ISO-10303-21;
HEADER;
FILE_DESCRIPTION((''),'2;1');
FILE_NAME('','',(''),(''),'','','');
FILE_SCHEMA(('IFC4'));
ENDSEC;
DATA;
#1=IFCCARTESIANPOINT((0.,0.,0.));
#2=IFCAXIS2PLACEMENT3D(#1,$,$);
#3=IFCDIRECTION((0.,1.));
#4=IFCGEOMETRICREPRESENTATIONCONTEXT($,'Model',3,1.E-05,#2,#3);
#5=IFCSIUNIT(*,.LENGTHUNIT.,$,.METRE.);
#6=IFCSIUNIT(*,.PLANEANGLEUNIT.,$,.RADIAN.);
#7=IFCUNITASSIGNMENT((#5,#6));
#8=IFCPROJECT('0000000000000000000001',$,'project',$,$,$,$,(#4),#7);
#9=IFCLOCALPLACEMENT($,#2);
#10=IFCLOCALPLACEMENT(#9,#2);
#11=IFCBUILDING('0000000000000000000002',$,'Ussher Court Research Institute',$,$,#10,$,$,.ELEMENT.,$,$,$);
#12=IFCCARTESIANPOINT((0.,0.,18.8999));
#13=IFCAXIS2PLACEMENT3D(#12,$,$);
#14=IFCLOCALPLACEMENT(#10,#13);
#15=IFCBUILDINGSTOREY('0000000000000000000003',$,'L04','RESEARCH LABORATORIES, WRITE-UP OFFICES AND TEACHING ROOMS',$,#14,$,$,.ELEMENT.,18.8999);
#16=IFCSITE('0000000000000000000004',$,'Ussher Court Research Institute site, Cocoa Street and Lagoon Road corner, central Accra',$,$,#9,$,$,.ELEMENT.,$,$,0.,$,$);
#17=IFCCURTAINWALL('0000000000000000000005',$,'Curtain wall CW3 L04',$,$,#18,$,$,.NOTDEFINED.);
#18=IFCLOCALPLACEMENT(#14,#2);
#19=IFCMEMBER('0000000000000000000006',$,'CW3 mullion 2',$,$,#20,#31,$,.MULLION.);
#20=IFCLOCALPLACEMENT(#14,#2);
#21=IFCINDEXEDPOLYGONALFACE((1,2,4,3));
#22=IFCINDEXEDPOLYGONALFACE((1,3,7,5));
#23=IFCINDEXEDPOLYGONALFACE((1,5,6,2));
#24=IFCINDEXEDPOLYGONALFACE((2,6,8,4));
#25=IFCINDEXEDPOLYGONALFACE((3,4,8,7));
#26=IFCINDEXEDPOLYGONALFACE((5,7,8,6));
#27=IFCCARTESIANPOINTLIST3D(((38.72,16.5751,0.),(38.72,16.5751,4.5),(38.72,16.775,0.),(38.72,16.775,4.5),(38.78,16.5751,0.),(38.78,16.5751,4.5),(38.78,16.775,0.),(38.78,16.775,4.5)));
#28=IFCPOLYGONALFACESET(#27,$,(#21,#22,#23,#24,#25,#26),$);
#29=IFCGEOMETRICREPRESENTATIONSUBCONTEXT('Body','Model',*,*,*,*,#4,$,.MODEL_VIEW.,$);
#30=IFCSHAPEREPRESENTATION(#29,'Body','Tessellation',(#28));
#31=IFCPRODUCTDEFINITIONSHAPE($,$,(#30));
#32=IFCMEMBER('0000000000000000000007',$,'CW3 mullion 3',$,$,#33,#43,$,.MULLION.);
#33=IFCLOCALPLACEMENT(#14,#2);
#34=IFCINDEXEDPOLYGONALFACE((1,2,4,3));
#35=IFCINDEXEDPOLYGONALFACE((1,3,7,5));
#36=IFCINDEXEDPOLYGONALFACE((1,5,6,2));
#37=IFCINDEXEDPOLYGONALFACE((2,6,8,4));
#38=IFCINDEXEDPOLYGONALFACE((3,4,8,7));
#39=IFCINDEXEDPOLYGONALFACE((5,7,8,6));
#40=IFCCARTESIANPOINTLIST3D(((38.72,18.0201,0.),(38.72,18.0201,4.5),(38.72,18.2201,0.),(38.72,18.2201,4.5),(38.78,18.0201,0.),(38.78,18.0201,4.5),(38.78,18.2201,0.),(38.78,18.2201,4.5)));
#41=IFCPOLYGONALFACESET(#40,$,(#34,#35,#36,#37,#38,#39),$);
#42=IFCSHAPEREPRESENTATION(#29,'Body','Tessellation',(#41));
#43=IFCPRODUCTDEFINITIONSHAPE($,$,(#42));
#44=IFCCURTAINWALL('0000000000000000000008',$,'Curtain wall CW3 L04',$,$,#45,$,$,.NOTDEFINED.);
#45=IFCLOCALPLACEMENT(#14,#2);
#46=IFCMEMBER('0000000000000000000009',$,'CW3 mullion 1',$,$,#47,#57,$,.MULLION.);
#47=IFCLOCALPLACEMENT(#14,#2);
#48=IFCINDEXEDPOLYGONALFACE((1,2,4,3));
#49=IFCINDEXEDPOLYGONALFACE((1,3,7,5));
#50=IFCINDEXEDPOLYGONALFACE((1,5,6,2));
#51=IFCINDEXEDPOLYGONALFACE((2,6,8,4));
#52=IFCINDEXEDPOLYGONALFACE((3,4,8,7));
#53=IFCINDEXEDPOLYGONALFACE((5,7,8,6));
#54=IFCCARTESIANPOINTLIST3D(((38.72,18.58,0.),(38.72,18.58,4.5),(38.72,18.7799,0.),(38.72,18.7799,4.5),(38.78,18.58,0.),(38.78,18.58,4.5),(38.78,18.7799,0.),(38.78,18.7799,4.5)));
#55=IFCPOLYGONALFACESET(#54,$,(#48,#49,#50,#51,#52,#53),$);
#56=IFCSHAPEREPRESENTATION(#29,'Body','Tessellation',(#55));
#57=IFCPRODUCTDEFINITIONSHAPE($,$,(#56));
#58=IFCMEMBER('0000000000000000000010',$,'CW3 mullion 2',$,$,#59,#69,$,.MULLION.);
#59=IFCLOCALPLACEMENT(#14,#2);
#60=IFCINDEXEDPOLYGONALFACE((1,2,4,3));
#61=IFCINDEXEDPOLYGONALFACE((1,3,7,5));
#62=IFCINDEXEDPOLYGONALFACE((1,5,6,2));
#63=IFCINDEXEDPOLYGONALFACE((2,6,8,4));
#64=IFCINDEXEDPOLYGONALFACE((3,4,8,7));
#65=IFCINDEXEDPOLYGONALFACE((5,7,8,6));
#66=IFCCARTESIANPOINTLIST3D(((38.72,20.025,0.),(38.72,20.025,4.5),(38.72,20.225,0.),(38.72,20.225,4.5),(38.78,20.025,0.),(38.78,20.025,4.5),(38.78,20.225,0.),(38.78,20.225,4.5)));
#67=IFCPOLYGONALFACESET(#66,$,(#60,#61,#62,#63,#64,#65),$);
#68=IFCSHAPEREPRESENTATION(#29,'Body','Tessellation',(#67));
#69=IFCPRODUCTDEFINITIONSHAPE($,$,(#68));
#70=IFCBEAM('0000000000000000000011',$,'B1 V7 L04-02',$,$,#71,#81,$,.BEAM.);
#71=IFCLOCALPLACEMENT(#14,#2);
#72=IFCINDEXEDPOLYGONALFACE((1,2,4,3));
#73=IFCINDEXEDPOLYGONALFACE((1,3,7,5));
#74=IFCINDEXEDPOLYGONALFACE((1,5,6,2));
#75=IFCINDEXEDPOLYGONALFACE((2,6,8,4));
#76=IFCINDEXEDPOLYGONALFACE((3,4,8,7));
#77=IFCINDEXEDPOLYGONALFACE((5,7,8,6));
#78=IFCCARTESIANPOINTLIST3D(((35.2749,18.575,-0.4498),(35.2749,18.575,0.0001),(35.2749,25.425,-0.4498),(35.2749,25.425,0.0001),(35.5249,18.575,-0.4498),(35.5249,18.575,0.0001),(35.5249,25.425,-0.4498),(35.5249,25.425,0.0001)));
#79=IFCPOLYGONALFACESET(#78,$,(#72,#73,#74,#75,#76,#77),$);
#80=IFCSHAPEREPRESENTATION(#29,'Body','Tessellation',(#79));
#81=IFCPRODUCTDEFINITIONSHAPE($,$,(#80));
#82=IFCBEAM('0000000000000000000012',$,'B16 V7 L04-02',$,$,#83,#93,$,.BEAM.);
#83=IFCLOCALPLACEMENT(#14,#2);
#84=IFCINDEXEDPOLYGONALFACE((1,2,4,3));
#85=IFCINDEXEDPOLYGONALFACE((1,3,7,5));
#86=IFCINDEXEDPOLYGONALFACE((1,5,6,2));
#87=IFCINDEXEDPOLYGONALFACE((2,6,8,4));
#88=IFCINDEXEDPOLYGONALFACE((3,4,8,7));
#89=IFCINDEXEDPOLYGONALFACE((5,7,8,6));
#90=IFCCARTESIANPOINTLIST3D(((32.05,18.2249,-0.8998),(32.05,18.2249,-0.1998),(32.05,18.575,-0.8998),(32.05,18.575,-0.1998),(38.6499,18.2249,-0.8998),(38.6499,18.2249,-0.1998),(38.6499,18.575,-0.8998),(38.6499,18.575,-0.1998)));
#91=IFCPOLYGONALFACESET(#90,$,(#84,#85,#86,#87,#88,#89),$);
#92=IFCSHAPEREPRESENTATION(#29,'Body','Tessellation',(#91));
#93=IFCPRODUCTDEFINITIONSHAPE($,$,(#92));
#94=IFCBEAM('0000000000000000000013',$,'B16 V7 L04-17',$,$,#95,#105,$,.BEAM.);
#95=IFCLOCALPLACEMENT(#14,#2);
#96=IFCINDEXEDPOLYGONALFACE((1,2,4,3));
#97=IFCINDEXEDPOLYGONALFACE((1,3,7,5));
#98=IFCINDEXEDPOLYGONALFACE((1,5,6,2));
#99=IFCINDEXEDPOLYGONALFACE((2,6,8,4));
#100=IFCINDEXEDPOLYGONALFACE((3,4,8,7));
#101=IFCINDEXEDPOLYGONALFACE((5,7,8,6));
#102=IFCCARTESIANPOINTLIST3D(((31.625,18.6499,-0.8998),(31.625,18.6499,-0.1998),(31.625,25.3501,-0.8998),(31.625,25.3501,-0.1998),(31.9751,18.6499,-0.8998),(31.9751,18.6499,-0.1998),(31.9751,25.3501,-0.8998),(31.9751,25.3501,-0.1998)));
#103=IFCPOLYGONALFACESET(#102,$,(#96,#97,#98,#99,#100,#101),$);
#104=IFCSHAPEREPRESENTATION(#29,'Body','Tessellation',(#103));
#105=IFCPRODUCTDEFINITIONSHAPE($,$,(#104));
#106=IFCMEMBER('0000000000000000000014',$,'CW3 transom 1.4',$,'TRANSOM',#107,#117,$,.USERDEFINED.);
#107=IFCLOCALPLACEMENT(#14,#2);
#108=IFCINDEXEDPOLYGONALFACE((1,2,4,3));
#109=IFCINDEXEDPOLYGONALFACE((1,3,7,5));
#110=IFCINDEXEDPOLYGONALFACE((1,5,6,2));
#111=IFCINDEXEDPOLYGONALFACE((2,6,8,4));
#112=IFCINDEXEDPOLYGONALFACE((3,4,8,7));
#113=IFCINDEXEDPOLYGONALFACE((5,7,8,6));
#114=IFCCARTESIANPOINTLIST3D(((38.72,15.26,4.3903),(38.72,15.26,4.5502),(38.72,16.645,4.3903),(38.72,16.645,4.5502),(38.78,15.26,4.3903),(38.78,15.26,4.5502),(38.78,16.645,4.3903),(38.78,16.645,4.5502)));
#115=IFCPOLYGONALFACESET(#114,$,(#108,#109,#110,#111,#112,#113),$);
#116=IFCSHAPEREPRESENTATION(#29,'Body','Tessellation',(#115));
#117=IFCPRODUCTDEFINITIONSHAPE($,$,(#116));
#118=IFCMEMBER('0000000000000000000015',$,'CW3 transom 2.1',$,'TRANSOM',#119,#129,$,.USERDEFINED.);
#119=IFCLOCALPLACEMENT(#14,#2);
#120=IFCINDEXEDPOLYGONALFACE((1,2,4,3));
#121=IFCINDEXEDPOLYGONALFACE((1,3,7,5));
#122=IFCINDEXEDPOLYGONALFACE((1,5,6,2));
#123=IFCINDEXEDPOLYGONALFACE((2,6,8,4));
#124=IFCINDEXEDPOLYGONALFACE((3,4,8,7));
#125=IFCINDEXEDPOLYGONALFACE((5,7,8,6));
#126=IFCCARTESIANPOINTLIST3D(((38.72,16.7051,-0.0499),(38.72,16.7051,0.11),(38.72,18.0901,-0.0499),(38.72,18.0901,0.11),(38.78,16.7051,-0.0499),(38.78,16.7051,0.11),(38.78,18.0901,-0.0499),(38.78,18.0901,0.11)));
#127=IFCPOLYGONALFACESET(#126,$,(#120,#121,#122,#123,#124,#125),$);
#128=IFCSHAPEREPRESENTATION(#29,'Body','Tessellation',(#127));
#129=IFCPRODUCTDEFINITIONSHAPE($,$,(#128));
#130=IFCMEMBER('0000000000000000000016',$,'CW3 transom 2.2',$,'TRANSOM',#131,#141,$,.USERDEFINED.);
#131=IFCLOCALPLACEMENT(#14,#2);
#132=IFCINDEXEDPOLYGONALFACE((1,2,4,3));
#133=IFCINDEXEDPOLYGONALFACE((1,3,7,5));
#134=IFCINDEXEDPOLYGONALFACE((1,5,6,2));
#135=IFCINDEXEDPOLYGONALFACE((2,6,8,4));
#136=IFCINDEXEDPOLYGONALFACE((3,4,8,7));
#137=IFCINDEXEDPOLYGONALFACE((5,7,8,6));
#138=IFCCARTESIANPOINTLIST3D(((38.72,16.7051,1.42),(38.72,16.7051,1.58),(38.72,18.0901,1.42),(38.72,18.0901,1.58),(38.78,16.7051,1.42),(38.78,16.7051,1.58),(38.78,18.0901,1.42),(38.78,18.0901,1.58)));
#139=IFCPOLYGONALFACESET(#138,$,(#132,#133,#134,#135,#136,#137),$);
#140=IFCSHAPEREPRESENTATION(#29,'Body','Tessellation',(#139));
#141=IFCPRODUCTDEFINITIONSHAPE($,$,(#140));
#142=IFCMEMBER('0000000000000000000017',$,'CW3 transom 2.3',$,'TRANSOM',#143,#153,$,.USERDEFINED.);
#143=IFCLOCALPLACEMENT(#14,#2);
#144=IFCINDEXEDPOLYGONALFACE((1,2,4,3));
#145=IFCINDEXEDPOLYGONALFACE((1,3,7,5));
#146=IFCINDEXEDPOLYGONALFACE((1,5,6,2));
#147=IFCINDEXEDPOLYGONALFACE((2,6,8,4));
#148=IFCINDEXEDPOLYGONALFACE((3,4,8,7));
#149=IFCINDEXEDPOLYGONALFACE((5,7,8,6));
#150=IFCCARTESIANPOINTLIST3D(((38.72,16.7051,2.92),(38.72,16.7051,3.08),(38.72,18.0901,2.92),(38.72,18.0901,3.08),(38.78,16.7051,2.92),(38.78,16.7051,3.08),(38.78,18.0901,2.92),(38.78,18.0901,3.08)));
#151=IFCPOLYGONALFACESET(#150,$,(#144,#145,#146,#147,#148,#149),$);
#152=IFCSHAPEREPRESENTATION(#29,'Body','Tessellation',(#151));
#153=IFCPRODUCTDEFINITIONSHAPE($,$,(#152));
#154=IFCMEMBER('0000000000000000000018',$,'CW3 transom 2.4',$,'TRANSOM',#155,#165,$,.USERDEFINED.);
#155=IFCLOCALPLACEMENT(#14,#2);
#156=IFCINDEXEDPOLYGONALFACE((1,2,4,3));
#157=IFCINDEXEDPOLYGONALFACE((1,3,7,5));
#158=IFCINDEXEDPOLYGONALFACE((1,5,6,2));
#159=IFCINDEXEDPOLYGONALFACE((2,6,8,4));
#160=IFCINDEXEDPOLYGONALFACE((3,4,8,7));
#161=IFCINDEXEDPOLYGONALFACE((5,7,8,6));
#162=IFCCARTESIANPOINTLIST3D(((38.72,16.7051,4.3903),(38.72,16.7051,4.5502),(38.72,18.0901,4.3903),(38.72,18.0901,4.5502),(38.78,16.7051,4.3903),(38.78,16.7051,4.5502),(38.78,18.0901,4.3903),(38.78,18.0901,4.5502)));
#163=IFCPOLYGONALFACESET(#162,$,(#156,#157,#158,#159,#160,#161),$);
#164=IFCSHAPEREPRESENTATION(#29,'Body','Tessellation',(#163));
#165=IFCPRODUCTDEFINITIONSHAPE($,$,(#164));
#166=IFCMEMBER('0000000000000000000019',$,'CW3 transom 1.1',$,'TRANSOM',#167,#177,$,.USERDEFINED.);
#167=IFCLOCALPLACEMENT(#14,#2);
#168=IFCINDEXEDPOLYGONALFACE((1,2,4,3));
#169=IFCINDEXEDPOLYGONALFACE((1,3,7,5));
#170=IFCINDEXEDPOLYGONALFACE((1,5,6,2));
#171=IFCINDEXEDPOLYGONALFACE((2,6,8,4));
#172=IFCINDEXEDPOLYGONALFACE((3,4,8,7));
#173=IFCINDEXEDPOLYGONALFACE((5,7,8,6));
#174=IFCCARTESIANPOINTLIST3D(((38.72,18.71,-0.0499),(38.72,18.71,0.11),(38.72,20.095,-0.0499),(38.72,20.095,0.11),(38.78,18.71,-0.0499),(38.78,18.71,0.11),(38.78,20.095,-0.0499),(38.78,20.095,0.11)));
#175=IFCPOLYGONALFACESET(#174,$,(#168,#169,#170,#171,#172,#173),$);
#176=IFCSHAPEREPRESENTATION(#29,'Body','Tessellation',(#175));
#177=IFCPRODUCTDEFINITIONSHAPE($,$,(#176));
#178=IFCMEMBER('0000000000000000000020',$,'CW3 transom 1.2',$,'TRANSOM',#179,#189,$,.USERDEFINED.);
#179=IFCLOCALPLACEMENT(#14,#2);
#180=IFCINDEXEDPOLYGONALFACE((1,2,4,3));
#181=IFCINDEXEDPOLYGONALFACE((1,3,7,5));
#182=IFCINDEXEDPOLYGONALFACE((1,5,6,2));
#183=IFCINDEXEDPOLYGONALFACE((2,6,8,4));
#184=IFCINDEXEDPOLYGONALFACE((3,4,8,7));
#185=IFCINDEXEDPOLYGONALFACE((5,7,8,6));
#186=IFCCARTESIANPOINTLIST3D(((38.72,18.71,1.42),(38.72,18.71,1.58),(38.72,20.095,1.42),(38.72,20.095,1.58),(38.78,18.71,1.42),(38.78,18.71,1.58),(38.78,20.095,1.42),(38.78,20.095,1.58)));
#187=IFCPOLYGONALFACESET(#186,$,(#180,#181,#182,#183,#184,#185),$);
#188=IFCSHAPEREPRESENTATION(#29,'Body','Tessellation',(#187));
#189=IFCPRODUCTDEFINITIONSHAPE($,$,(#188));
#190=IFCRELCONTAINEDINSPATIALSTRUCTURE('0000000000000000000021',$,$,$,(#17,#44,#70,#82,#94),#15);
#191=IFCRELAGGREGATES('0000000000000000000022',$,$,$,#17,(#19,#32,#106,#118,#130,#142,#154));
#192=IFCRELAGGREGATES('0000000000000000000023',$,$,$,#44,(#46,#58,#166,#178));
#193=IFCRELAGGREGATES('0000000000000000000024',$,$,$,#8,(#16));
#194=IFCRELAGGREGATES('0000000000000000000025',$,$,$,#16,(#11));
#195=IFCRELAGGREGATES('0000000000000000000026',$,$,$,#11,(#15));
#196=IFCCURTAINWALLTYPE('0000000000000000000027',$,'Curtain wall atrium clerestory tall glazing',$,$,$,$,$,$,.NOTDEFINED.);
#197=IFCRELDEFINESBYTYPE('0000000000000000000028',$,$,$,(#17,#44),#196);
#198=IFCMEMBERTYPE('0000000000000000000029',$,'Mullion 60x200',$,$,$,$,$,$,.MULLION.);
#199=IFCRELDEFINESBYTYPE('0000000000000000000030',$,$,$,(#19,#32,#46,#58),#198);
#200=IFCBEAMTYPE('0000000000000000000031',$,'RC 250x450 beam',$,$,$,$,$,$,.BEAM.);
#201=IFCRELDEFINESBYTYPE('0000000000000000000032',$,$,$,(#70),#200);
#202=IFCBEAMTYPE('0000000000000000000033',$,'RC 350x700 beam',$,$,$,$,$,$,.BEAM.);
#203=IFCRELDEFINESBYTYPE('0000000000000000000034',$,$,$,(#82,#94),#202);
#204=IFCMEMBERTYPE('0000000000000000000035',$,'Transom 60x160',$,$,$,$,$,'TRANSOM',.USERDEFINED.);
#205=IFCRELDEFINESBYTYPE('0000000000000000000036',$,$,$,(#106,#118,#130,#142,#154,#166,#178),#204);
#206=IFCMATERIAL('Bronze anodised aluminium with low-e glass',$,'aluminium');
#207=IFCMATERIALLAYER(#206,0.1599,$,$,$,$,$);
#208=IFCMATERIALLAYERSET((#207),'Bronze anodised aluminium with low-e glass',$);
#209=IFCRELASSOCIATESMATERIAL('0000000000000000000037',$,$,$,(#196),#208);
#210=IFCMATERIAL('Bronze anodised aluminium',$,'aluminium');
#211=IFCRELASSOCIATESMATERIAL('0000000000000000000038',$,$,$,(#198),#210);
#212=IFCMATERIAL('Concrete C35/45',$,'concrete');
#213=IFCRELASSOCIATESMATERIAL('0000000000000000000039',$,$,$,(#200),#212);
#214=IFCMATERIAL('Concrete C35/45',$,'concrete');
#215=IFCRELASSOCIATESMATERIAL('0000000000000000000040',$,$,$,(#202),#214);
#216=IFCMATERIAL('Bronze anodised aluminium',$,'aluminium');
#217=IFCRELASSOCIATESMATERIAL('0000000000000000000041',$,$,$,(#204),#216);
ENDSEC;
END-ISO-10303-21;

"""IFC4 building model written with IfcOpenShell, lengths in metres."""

from ifc_helpers import new_model, si_unit, direction, frame, origin, origin_2d, place, context, subcontext, project, spatial, rectangle, extrude, material, layer, layer_set, material_profile, profile_set, type_object, element, aggregate, save


model = new_model("IFC4")

# Units and contexts
model_context = context("Model", 3, precision=1e-05, world=origin(), true_north=direction((0.0, 1.0)))
body_context = subcontext(model_context, "Body", "Model", "MODEL_VIEW")
ifc_project = project(units=[si_unit("LENGTHUNIT", "METRE"), si_unit("PLANEANGLEUNIT", "RADIAN")], contexts=[model_context])

# Site, building, storey
site_placement = place(None, origin())
site = spatial("IfcSite", under=ifc_project, at=site_placement, Name="Ussher Court Research Institute site, Cocoa Street and Lagoon Road corner, central Accra", CompositionType="ELEMENT", RefElevation=0.0)
building_placement = place(site_placement, origin())
building = spatial("IfcBuilding", under=site, at=building_placement, Name="Ussher Court Research Institute", CompositionType="ELEMENT")
storey_placement = place(building_placement, frame((0.0, 0.0, 18.8999)))
storey = spatial("IfcBuildingStorey", under=building, at=storey_placement, Name="L04", Description="RESEARCH LABORATORIES, WRITE-UP OFFICES AND TEACHING ROOMS", CompositionType="ELEMENT", Elevation=18.8999)

# Curtain walls, members
ifc_material_1 = material(Name="Bronze anodised aluminium with low-e glass", Category="aluminium")
ifc_layer_1 = layer(ifc_material_1, 0.1599)
ifc_layer_set_1 = layer_set([ifc_layer_1], Name="Bronze anodised aluminium with low-e glass")
curtain_wall_type = type_object("IfcCurtainWallType", Name="Curtain wall atrium clerestory tall glazing", PredefinedType="NOTDEFINED", material=ifc_layer_set_1)
curtain_wall_1_placement = place(storey_placement, origin())
curtain_wall_1 = element("IfcCurtainWall", 1, at=curtain_wall_1_placement, inside=storey, type_object=curtain_wall_type, Name="Curtain wall CW3 L04", PredefinedType="NOTDEFINED")
ifc_material_2 = material(Name="Bronze anodised aluminium", Category="aluminium")
ifc_material_profile_1 = material_profile(ifc_material_2, rectangle(XDim=0.0601, YDim=0.2, at=origin_2d()), Name="Mullion 60x200")
ifc_profile_set_1 = profile_set([ifc_material_profile_1], Name="Bronze anodised aluminium")
member_type_1 = type_object("IfcMemberType", Name="Mullion 60x200", PredefinedType="MULLION", material=ifc_profile_set_1)
member_1_placement = place(storey_placement, frame((38.75, 16.675, 0.0), z_axis=(0.0, 0.0, 1.0), x_axis=(-1.0, 0.0, 0.0)))
member_1 = element("IfcMember", 2, at=member_1_placement, type_object=member_type_1, Name="CW3 mullion 2", PredefinedType="MULLION", context=body_context, shape_type="SweptSolid", body=[
    extrude(rectangle(XDim=0.0601, YDim=0.2, at=origin_2d()), origin(), (0.0, 0.0, 1.0), 4.5),
])
member_2_placement = place(storey_placement, frame((38.75, 18.1201, 0.0), z_axis=(0.0, 0.0, 1.0), x_axis=(-1.0, 0.0, 0.0)))
member_2 = element("IfcMember", 3, at=member_2_placement, type_object=member_type_1, Name="CW3 mullion 3", PredefinedType="MULLION", context=body_context, shape_type="SweptSolid", body=[
    extrude(rectangle(XDim=0.0601, YDim=0.2, at=origin_2d()), origin(), (0.0, 0.0, 1.0), 4.5),
])
curtain_wall_2_placement = place(storey_placement, origin())
curtain_wall_2 = element("IfcCurtainWall", 4, at=curtain_wall_2_placement, inside=storey, type_object=curtain_wall_type, Name="Curtain wall CW3 L04", PredefinedType="NOTDEFINED")
member_3_placement = place(storey_placement, frame((38.75, 18.6799, 0.0), z_axis=(0.0, 0.0, 1.0), x_axis=(-1.0, 0.0, 0.0)))
member_3 = element("IfcMember", 5, at=member_3_placement, type_object=member_type_1, Name="CW3 mullion 1", PredefinedType="MULLION", context=body_context, shape_type="SweptSolid", body=[
    extrude(rectangle(XDim=0.0601, YDim=0.2, at=origin_2d()), origin(), (0.0, 0.0, 1.0), 4.5),
])
member_4_placement = place(storey_placement, frame((38.75, 20.125, 0.0), z_axis=(0.0, 0.0, 1.0), x_axis=(-1.0, 0.0, 0.0)))
member_4 = element("IfcMember", 6, at=member_4_placement, type_object=member_type_1, Name="CW3 mullion 2", PredefinedType="MULLION", context=body_context, shape_type="SweptSolid", body=[
    extrude(rectangle(XDim=0.0601, YDim=0.2, at=origin_2d()), origin(), (0.0, 0.0, 1.0), 4.5),
])

# Beams
ifc_material_3 = material(Name="Concrete C35/45", Category="concrete")
ifc_material_profile_2 = material_profile(ifc_material_3, rectangle(XDim=0.25, YDim=0.45, at=origin_2d()), Name="RC 250x450")
ifc_profile_set_2 = profile_set([ifc_material_profile_2], Name="Concrete C35/45")
beam_type_1 = type_object("IfcBeamType", Name="RC 250x450 beam", PredefinedType="BEAM", material=ifc_profile_set_2)
beam_1_placement = place(storey_placement, frame((35.3999, 18.575, -0.2249), z_axis=(0.0, 1.0, 0.0), x_axis=(-1.0, 0.0, 0.0)))
element("IfcBeam", 7, at=beam_1_placement, inside=storey, type_object=beam_type_1, Name="B1 V7 L04-02", PredefinedType="BEAM", context=body_context, shape_type="SweptSolid", body=[
    extrude(rectangle(XDim=0.25, YDim=0.45, at=origin_2d()), origin(), (0.0, 0.0, 1.0), 6.8501),
])
ifc_material_4 = material(Name="Concrete C35/45", Category="concrete")
ifc_material_profile_3 = material_profile(ifc_material_4, rectangle(XDim=0.3501, YDim=0.7, at=origin_2d()), Name="RC 350x700")
ifc_profile_set_3 = profile_set([ifc_material_profile_3], Name="Concrete C35/45")
beam_type_2 = type_object("IfcBeamType", Name="RC 350x700 beam", PredefinedType="BEAM", material=ifc_profile_set_3)
beam_2_placement = place(storey_placement, frame((32.05, 18.3999, -0.5498), z_axis=(1.0, 0.0, 0.0), x_axis=(0.0, 1.0, 0.0)))
element("IfcBeam", 8, at=beam_2_placement, inside=storey, type_object=beam_type_2, Name="B16 V7 L04-02", PredefinedType="BEAM", context=body_context, shape_type="SweptSolid", body=[
    extrude(rectangle(XDim=0.3501, YDim=0.7, at=origin_2d()), origin(), (0.0, 0.0, 1.0), 6.5999),
])
beam_3_placement = place(storey_placement, frame((31.8, 18.6499, -0.5498), z_axis=(0.0, 1.0, 0.0), x_axis=(-1.0, 0.0, 0.0)))
element("IfcBeam", 9, at=beam_3_placement, inside=storey, type_object=beam_type_2, Name="B16 V7 L04-17", PredefinedType="BEAM", context=body_context, shape_type="SweptSolid", body=[
    extrude(rectangle(XDim=0.3501, YDim=0.7, at=origin_2d()), origin(), (0.0, 0.0, 1.0), 6.7002),
])

# Members
ifc_material_5 = material(Name="Bronze anodised aluminium", Category="aluminium")
ifc_material_profile_4 = material_profile(ifc_material_5, rectangle(XDim=0.0601, YDim=0.1599, at=origin_2d()), Name="Transom 60x160")
ifc_profile_set_4 = profile_set([ifc_material_profile_4], Name="Bronze anodised aluminium")
member_type_2 = type_object("IfcMemberType", Name="Transom 60x160", ElementType="TRANSOM", PredefinedType="USERDEFINED", material=ifc_profile_set_4)
member_5_placement = place(storey_placement, frame((38.75, 15.26, 4.4702), z_axis=(0.0, 1.0, 0.0), x_axis=(-1.0, 0.0, 0.0)))
member_5 = element("IfcMember", 10, at=member_5_placement, type_object=member_type_2, Name="CW3 transom 1.4", ObjectType="TRANSOM", PredefinedType="USERDEFINED", context=body_context, shape_type="SweptSolid", body=[
    extrude(rectangle(XDim=0.0601, YDim=0.1599, at=origin_2d()), origin(), (0.0, 0.0, 1.0), 1.385),
])
member_6_placement = place(storey_placement, frame((38.75, 16.7051, 0.03), z_axis=(0.0, 1.0, 0.0), x_axis=(-1.0, 0.0, 0.0)))
member_6 = element("IfcMember", 11, at=member_6_placement, type_object=member_type_2, Name="CW3 transom 2.1", ObjectType="TRANSOM", PredefinedType="USERDEFINED", context=body_context, shape_type="SweptSolid", body=[
    extrude(rectangle(XDim=0.0601, YDim=0.1599, at=origin_2d()), origin(), (0.0, 0.0, 1.0), 1.385),
])
member_7_placement = place(storey_placement, frame((38.75, 16.7051, 1.5), z_axis=(0.0, 1.0, 0.0), x_axis=(-1.0, 0.0, 0.0)))
member_7 = element("IfcMember", 12, at=member_7_placement, type_object=member_type_2, Name="CW3 transom 2.2", ObjectType="TRANSOM", PredefinedType="USERDEFINED", context=body_context, shape_type="SweptSolid", body=[
    extrude(rectangle(XDim=0.0601, YDim=0.1599, at=origin_2d()), origin(), (0.0, 0.0, 1.0), 1.385),
])
member_8_placement = place(storey_placement, frame((38.75, 16.7051, 3.0), z_axis=(0.0, 1.0, 0.0), x_axis=(-1.0, 0.0, 0.0)))
member_8 = element("IfcMember", 13, at=member_8_placement, type_object=member_type_2, Name="CW3 transom 2.3", ObjectType="TRANSOM", PredefinedType="USERDEFINED", context=body_context, shape_type="SweptSolid", body=[
    extrude(rectangle(XDim=0.0601, YDim=0.1599, at=origin_2d()), origin(), (0.0, 0.0, 1.0), 1.385),
])
member_9_placement = place(storey_placement, frame((38.75, 16.7051, 4.4702), z_axis=(0.0, 1.0, 0.0), x_axis=(-1.0, 0.0, 0.0)))
member_9 = element("IfcMember", 14, at=member_9_placement, type_object=member_type_2, Name="CW3 transom 2.4", ObjectType="TRANSOM", PredefinedType="USERDEFINED", context=body_context, shape_type="SweptSolid", body=[
    extrude(rectangle(XDim=0.0601, YDim=0.1599, at=origin_2d()), origin(), (0.0, 0.0, 1.0), 1.385),
])
member_10_placement = place(storey_placement, frame((38.75, 18.71, 0.03), z_axis=(0.0, 1.0, 0.0), x_axis=(-1.0, 0.0, 0.0)))
member_10 = element("IfcMember", 15, at=member_10_placement, type_object=member_type_2, Name="CW3 transom 1.1", ObjectType="TRANSOM", PredefinedType="USERDEFINED", context=body_context, shape_type="SweptSolid", body=[
    extrude(rectangle(XDim=0.0601, YDim=0.1599, at=origin_2d()), origin(), (0.0, 0.0, 1.0), 1.385),
])
member_11_placement = place(storey_placement, frame((38.75, 18.71, 1.5), z_axis=(0.0, 1.0, 0.0), x_axis=(-1.0, 0.0, 0.0)))
member_11 = element("IfcMember", 16, at=member_11_placement, type_object=member_type_2, Name="CW3 transom 1.2", ObjectType="TRANSOM", PredefinedType="USERDEFINED", context=body_context, shape_type="SweptSolid", body=[
    extrude(rectangle(XDim=0.0601, YDim=0.1599, at=origin_2d()), origin(), (0.0, 0.0, 1.0), 1.385),
])

aggregate(curtain_wall_1, [member_1, member_2, member_5, member_6, member_7, member_8, member_9])
aggregate(curtain_wall_2, [member_3, member_4, member_10, member_11])

save(model, "model.ifc")
